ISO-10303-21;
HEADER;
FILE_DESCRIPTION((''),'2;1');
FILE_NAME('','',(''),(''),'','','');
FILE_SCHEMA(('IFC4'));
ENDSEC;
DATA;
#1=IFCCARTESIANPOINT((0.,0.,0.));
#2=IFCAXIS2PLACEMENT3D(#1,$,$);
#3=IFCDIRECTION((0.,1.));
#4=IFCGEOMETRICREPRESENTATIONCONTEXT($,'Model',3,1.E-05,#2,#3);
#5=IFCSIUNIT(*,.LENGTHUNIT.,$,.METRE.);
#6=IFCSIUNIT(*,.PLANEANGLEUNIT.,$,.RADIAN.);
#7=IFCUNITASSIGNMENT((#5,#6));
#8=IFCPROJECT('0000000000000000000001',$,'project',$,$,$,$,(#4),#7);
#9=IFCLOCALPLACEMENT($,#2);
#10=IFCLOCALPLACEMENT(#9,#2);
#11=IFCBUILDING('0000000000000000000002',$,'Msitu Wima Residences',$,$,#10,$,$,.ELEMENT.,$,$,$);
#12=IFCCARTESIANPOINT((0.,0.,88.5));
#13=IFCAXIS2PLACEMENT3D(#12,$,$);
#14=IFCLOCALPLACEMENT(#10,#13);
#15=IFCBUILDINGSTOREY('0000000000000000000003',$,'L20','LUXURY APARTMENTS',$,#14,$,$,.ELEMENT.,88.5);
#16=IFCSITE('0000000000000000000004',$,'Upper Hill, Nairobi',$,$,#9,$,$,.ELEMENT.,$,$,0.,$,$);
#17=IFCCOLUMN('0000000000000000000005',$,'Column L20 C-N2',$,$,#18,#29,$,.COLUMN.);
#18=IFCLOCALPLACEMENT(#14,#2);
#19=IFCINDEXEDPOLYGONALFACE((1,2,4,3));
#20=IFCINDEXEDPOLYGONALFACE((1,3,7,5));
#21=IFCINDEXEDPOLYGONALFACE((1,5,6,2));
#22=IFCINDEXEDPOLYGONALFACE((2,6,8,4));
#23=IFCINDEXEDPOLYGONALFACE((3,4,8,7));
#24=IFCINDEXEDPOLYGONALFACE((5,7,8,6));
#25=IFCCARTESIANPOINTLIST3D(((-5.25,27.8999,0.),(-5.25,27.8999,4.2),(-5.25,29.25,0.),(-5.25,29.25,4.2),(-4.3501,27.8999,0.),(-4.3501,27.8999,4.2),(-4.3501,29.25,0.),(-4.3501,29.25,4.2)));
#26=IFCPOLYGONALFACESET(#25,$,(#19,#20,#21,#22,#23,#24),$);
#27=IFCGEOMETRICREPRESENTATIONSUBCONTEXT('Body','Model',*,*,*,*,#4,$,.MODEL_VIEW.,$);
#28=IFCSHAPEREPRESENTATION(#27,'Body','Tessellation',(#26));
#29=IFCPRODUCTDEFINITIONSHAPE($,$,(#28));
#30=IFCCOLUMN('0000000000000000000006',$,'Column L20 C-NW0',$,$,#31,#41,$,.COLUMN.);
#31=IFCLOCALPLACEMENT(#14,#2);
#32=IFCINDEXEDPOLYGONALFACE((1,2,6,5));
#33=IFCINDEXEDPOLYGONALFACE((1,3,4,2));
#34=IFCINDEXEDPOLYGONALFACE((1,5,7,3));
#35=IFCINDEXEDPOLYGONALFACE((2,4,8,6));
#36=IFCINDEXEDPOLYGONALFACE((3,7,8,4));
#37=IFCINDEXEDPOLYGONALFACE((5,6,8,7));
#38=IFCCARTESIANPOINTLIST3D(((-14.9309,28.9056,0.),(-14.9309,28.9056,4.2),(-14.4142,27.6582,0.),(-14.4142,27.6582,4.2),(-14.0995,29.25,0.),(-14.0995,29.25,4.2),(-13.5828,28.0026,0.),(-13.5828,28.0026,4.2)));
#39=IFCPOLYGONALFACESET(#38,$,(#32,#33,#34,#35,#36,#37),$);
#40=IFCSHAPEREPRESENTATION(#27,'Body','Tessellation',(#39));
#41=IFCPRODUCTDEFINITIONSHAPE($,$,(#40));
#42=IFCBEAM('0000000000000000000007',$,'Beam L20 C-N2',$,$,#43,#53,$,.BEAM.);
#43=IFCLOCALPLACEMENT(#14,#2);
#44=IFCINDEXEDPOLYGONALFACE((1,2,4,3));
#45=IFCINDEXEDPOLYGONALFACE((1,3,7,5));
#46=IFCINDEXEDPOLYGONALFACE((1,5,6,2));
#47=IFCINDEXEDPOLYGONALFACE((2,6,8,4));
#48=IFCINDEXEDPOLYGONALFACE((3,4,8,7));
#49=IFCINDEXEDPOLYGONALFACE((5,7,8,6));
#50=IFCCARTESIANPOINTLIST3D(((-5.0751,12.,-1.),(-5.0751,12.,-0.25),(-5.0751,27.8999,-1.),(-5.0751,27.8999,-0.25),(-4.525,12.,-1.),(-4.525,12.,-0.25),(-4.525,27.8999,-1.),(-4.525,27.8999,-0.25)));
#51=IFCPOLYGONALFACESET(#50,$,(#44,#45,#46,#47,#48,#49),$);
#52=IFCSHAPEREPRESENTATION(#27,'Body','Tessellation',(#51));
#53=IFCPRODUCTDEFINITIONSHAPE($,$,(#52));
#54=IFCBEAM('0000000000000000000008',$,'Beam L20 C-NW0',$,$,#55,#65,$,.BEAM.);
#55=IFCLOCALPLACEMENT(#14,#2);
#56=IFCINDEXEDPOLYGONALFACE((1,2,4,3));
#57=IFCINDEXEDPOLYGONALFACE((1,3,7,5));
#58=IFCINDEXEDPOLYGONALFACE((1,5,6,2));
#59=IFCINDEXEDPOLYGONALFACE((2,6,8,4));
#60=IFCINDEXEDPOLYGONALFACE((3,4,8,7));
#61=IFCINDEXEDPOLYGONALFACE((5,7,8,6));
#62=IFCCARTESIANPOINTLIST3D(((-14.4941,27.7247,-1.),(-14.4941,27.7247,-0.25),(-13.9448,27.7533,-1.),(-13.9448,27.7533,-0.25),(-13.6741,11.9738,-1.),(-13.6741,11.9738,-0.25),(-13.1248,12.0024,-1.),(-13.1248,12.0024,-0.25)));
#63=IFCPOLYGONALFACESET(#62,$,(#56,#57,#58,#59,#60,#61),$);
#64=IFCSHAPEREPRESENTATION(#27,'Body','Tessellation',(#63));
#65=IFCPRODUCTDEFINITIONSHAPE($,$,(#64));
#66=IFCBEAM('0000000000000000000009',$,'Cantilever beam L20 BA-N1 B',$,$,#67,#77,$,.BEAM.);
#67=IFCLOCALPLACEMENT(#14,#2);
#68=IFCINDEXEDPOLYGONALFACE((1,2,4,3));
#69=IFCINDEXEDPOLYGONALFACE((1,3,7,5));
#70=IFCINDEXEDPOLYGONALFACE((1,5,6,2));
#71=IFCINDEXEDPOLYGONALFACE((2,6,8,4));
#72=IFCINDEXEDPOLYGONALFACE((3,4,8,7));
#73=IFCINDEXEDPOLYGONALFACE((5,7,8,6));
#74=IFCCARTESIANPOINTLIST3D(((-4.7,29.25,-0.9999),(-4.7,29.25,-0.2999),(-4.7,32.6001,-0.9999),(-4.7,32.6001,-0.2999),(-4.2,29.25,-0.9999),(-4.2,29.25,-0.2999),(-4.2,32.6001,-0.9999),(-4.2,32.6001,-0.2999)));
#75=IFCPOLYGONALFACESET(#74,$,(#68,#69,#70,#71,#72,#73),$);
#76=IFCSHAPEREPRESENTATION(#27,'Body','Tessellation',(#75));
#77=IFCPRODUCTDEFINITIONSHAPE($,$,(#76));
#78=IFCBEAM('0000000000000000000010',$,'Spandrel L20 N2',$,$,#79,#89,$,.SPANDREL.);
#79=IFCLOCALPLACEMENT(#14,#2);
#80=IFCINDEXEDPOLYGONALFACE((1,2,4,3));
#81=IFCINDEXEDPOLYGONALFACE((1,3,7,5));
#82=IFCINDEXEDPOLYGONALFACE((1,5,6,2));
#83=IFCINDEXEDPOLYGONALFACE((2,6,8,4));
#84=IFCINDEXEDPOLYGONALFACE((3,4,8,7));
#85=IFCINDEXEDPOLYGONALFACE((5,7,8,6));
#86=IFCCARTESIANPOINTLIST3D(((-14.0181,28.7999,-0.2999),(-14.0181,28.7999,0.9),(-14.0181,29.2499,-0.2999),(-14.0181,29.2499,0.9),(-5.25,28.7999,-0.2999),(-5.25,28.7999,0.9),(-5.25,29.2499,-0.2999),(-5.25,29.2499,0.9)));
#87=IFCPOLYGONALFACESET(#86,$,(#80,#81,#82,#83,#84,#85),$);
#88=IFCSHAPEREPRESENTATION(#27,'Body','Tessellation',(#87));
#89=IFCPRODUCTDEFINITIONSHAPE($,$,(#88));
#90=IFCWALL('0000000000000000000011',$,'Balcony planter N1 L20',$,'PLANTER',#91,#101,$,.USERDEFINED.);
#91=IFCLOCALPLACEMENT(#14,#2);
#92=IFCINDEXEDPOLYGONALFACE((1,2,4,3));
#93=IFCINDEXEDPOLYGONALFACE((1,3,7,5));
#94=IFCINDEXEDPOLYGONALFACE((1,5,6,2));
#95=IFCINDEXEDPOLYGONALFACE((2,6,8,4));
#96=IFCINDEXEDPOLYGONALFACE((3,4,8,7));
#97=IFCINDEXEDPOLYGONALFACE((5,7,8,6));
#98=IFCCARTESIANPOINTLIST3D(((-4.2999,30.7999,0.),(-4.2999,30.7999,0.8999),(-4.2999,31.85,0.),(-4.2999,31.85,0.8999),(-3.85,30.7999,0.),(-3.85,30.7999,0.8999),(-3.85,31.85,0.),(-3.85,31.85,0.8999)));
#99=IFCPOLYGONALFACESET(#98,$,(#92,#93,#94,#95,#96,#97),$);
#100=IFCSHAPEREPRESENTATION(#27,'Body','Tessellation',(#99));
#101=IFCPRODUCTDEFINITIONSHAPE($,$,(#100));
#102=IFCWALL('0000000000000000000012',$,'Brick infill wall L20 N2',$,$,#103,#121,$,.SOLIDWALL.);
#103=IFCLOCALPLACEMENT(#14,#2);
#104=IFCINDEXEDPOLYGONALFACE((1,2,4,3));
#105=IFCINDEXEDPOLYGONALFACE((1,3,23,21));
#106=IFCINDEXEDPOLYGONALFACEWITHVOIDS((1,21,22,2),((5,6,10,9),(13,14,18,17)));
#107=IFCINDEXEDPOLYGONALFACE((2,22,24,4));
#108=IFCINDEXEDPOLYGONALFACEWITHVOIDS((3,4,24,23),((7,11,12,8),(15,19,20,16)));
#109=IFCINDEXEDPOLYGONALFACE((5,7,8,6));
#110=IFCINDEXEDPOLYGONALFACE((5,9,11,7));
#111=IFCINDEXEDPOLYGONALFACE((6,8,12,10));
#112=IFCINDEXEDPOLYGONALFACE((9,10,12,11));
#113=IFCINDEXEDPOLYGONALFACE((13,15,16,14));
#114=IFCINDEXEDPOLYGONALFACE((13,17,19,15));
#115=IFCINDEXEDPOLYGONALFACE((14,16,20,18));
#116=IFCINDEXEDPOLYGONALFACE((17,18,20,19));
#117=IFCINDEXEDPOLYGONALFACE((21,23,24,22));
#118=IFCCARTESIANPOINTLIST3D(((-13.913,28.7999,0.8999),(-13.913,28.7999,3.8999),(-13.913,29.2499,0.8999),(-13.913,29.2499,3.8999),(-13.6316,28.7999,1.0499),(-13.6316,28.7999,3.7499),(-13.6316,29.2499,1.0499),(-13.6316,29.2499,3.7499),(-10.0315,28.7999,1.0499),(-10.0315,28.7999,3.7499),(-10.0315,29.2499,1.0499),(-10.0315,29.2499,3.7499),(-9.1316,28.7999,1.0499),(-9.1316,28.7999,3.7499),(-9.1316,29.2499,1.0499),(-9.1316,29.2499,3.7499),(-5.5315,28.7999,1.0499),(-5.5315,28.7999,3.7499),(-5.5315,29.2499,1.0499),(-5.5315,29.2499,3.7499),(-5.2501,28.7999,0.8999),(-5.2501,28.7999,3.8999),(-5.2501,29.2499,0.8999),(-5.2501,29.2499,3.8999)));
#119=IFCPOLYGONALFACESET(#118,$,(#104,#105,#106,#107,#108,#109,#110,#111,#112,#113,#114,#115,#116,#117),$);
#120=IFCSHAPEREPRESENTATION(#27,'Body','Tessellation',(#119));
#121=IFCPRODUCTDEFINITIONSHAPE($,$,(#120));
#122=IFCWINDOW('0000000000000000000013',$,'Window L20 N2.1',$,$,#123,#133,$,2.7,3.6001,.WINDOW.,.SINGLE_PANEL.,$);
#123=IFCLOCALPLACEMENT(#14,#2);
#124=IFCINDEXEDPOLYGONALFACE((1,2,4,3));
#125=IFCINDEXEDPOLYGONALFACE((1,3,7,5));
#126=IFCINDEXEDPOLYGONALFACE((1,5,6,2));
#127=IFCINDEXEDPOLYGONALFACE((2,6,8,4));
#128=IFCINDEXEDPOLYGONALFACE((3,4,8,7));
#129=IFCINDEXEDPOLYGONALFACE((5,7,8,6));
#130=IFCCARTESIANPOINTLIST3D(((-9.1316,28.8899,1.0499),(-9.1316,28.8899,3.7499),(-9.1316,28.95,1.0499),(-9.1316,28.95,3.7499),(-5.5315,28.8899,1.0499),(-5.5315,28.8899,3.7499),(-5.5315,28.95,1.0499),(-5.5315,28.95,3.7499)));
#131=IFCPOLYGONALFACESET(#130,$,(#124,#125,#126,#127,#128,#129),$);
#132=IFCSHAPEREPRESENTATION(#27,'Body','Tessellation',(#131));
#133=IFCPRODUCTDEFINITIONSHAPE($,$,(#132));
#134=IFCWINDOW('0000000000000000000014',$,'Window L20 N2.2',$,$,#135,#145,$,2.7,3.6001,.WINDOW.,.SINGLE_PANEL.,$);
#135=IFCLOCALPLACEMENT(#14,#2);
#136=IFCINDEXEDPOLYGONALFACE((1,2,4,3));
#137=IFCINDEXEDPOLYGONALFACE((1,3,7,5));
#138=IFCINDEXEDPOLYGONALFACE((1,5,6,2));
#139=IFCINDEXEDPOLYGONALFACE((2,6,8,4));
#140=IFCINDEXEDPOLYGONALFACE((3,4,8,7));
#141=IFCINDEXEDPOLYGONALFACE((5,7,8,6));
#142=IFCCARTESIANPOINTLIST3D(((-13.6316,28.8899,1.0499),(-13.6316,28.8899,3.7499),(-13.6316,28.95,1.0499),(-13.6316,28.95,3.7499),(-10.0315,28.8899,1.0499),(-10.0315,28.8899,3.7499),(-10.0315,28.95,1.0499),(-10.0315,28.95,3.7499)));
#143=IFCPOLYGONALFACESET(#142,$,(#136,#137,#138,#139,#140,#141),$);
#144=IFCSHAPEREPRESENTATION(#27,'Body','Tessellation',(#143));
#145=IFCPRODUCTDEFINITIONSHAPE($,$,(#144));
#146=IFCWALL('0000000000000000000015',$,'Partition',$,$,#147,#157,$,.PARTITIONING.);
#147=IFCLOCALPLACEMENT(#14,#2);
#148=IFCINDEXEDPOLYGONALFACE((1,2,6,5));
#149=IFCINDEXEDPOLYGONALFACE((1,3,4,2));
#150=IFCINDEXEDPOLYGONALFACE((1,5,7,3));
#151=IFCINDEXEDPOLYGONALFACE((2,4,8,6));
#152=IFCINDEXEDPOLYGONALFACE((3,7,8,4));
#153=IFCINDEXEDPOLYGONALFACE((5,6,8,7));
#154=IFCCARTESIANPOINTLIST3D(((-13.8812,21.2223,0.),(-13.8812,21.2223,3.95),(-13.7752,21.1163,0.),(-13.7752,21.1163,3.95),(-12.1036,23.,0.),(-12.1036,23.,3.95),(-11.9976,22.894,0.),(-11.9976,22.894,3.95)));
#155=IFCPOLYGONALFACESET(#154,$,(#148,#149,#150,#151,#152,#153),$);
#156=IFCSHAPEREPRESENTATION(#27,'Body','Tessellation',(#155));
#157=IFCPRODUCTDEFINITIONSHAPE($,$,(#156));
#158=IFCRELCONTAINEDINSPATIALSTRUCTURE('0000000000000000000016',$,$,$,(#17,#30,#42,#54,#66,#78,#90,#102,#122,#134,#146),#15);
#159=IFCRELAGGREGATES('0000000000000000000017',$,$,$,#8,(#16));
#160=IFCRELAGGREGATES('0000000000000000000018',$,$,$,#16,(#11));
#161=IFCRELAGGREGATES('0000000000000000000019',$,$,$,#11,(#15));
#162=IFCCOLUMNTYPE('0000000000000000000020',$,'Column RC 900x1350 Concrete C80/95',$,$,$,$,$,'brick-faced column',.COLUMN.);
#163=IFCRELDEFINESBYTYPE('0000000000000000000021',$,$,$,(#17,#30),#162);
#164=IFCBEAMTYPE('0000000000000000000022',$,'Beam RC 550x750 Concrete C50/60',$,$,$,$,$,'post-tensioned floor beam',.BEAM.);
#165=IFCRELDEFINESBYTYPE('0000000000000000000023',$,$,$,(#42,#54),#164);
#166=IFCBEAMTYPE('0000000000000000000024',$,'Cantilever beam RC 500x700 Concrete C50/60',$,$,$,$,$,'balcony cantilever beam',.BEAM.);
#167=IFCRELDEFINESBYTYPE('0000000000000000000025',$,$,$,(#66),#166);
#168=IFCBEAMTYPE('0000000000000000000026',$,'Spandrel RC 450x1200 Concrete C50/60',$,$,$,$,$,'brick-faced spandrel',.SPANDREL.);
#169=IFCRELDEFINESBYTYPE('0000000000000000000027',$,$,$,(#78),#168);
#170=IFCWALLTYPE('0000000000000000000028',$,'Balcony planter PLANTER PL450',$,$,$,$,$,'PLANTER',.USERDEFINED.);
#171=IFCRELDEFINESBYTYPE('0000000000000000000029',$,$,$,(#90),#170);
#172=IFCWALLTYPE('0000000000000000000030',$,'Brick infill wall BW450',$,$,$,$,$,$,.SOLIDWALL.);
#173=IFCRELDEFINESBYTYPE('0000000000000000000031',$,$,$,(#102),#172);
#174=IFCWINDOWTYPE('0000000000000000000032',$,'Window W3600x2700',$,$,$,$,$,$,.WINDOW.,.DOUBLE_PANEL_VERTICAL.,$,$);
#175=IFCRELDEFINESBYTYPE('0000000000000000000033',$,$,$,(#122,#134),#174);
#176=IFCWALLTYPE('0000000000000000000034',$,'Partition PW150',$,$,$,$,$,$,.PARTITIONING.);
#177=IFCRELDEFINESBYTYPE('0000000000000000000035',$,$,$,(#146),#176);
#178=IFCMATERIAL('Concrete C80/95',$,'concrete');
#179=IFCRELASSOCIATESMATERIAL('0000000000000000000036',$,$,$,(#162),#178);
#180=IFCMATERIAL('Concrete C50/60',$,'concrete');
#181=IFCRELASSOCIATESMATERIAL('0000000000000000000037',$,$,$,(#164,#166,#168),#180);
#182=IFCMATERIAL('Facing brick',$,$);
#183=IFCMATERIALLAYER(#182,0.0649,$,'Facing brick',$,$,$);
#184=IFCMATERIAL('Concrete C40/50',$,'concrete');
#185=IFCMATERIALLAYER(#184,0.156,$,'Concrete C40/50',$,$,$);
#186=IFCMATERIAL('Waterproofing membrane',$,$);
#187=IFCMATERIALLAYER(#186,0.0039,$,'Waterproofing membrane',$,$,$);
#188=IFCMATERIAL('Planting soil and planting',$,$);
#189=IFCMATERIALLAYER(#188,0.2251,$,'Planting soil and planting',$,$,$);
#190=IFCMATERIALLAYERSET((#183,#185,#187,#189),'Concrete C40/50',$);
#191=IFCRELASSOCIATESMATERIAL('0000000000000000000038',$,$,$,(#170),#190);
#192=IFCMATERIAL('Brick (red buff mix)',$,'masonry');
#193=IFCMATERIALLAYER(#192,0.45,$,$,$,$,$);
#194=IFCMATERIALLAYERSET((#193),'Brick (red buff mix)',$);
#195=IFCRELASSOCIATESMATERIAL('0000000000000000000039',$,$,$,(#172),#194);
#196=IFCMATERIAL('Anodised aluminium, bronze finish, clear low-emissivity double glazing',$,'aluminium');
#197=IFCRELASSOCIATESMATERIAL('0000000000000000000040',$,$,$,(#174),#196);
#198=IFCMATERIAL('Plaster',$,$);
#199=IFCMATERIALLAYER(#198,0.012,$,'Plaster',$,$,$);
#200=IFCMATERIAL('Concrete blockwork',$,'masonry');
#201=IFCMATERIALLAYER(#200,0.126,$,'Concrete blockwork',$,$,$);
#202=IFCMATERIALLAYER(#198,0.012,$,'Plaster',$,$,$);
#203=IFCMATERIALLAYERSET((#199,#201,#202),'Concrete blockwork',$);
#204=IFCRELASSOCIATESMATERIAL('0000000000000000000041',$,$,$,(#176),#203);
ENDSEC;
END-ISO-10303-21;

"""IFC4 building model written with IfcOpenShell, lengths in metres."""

from ifc_helpers import new_model, si_unit, direction, frame, frame_2d, origin, origin_2d, place, context, subcontext, project, spatial, rectangle, extrude, material, layer, layer_set, material_profile, profile_set, type_object, element, fill, save


model = new_model("IFC4")

# Units and contexts
model_context = context("Model", 3, precision=1e-05, world=origin(), true_north=direction((0.0, 1.0)))
body_context = subcontext(model_context, "Body", "Model", "MODEL_VIEW")
ifc_project = project(units=[si_unit("LENGTHUNIT", "METRE"), si_unit("PLANEANGLEUNIT", "RADIAN")], contexts=[model_context])

# Site, building, storey
site_placement = place(None, origin())
site = spatial("IfcSite", under=ifc_project, at=site_placement, Name="Upper Hill, Nairobi", CompositionType="ELEMENT", RefElevation=0.0)
building_placement = place(site_placement, origin())
building = spatial("IfcBuilding", under=site, at=building_placement, Name="Msitu Wima Residences", CompositionType="ELEMENT")
storey_placement = place(building_placement, frame((0.0, 0.0, 88.5)))
storey = spatial("IfcBuildingStorey", under=building, at=storey_placement, Name="L20", Description="LUXURY APARTMENTS", CompositionType="ELEMENT", Elevation=88.5)

# Columns
ifc_material_1 = material(Name="Concrete C80/95", Category="concrete")
ifc_material_profile_1 = material_profile(ifc_material_1, rectangle(XDim=0.8999, YDim=1.3501, at=origin_2d()), Name="RC 900x1350")
ifc_profile_set_1 = profile_set([ifc_material_profile_1], Name="Concrete C80/95")
column_type = type_object("IfcColumnType", Name="Column RC 900x1350 Concrete C80/95", ElementType="brick-faced column", PredefinedType="COLUMN", material=ifc_profile_set_1)
for number, where, z_axis, x_axis, name in (
    (1, (-4.8, 28.575, 0.0), (0.0, 0.0, 1.0), (-1.0, 0.0, 0.0), "Column L20 C-N2"),
    (2, (-14.2568, 28.4541, 0.0), (0.0, 0.0, 1.0), (-0.92388, -0.382683, 0.0), "Column L20 C-NW0"),
):
    element("IfcColumn", number, at=place(storey_placement, frame(where, z_axis=z_axis, x_axis=x_axis)), inside=storey, type_object=column_type, Name=name, PredefinedType="COLUMN", context=body_context, shape_type="SweptSolid", body=[
        extrude(rectangle(XDim=0.8999, YDim=1.3501, at=origin_2d()), origin(), (0.0, 0.0, 1.0), 4.2),
    ])

# Beams
ifc_material_2 = material(Name="Concrete C50/60", Category="concrete")
ifc_material_profile_2 = material_profile(ifc_material_2, rectangle(XDim=0.55, YDim=0.75, at=origin_2d()), Name="RC 550x750")
ifc_profile_set_2 = profile_set([ifc_material_profile_2], Name="Concrete C50/60")
beam_type_1 = type_object("IfcBeamType", Name="Beam RC 550x750 Concrete C50/60", ElementType="post-tensioned floor beam", PredefinedType="BEAM", material=ifc_profile_set_2)
beam_1_placement = place(storey_placement, frame((-4.8, 27.8999, -0.625), z_axis=(0.0, -1.0, 0.0), x_axis=(1.0, 0.0, 0.0)))
element("IfcBeam", 3, at=beam_1_placement, inside=storey, type_object=beam_type_1, Name="Beam L20 C-N2", PredefinedType="BEAM", context=body_context, shape_type="SweptSolid", body=[
    extrude(rectangle(XDim=0.55, YDim=0.75, at=origin_2d()), origin(), (0.0, 0.0, 1.0), 15.8999),
])
beam_2_placement = place(storey_placement, frame((-14.2195, 27.739, -0.625), z_axis=(0.051994, -0.998647, 0.0), x_axis=(0.998647, 0.051994, 0.0)))
element("IfcBeam", 4, at=beam_2_placement, inside=storey, type_object=beam_type_1, Name="Beam L20 C-NW0", PredefinedType="BEAM", context=body_context, shape_type="SweptSolid", body=[
    extrude(rectangle(XDim=0.55, YDim=0.75, at=origin_2d()), origin(), (0.0, 0.0, 1.0), 15.7722),
])
ifc_material_profile_3 = material_profile(ifc_material_2, rectangle(XDim=0.5, YDim=0.7, at=origin_2d()), Name="RC 500x700")
ifc_profile_set_3 = profile_set([ifc_material_profile_3], Name="Concrete C50/60")
beam_type_2 = type_object("IfcBeamType", Name="Cantilever beam RC 500x700 Concrete C50/60", ElementType="balcony cantilever beam", PredefinedType="BEAM", material=ifc_profile_set_3)
beam_3_placement = place(storey_placement, frame((-4.45, 29.25, -0.6499), z_axis=(0.0, 1.0, 0.0), x_axis=(-1.0, 0.0, 0.0)))
element("IfcBeam", 5, at=beam_3_placement, inside=storey, type_object=beam_type_2, Name="Cantilever beam L20 BA-N1 B", PredefinedType="BEAM", context=body_context, shape_type="SweptSolid", body=[
    extrude(rectangle(XDim=0.5, YDim=0.7, at=origin_2d()), origin(), (0.0, 0.0, 1.0), 3.3501),
])
ifc_material_profile_4 = material_profile(ifc_material_2, rectangle(XDim=0.45, YDim=1.2, at=origin_2d()), Name="RC 450x1200")
ifc_profile_set_4 = profile_set([ifc_material_profile_4], Name="Concrete C50/60")
beam_type_3 = type_object("IfcBeamType", Name="Spandrel RC 450x1200 Concrete C50/60", ElementType="brick-faced spandrel", PredefinedType="SPANDREL", material=ifc_profile_set_4)
beam_4_placement = place(storey_placement, frame((-5.25, 29.0249, 0.3), z_axis=(-1.0, 0.0, 0.0), x_axis=(0.0, -1.0, 0.0)))
element("IfcBeam", 6, at=beam_4_placement, inside=storey, type_object=beam_type_3, Name="Spandrel L20 N2", PredefinedType="SPANDREL", context=body_context, shape_type="SweptSolid", body=[
    extrude(rectangle(XDim=0.45, YDim=1.2, at=origin_2d()), origin(), (0.0, 0.0, 1.0), 8.7681),
])

# Wall
ifc_material_3 = material(Name="Facing brick")
ifc_layer_1 = layer(ifc_material_3, 0.0649, Name="Facing brick")
ifc_material_4 = material(Name="Concrete C40/50", Category="concrete")
ifc_layer_2 = layer(ifc_material_4, 0.156, Name="Concrete C40/50")
ifc_material_5 = material(Name="Waterproofing membrane")
ifc_layer_3 = layer(ifc_material_5, 0.0039, Name="Waterproofing membrane")
ifc_material_6 = material(Name="Planting soil and planting")
ifc_layer_4 = layer(ifc_material_6, 0.2251, Name="Planting soil and planting")
ifc_layer_set_1 = layer_set([ifc_layer_1, ifc_layer_2, ifc_layer_3, ifc_layer_4], Name="Concrete C40/50")
wall_type_1 = type_object("IfcWallType", Name="Balcony planter PLANTER PL450", ElementType="PLANTER", PredefinedType="USERDEFINED", material=ifc_layer_set_1)
wall_1_placement = place(storey_placement, frame((-4.075, 30.8, 0.0), z_axis=(0.0, 0.0, 1.0), x_axis=(0.0, 1.0, 0.0)))
element("IfcWall", 7, at=wall_1_placement, inside=storey, type_object=wall_type_1, Name="Balcony planter N1 L20", ObjectType="PLANTER", PredefinedType="USERDEFINED", context=body_context, shape_type="SweptSolid", body=[
    extrude(rectangle(XDim=1.05, YDim=0.45, at=frame_2d((0.5249, 0.0))), origin(), (0.0, 0.0, 1.0), 0.8999),
])

# Wall, openings, windows
ifc_material_7 = material(Name="Brick (red buff mix)", Category="masonry")
ifc_layer_5 = layer(ifc_material_7, 0.45)
ifc_layer_set_2 = layer_set([ifc_layer_5], Name="Brick (red buff mix)")
wall_type_2 = type_object("IfcWallType", Name="Brick infill wall BW450", PredefinedType="SOLIDWALL", material=ifc_layer_set_2)
wall_2_placement = place(storey_placement, frame((-5.25, 29.0249, 0.8999), z_axis=(0.0, 0.0, 1.0), x_axis=(-1.0, 0.0, 0.0)))
wall_2 = element("IfcWall", 8, at=wall_2_placement, inside=storey, type_object=wall_type_2, Name="Brick infill wall L20 N2", PredefinedType="SOLIDWALL", context=body_context, shape_type="SweptSolid", body=[
    extrude(rectangle(XDim=8.6628, YDim=0.45, at=frame_2d((4.3315, 0.0))), origin(), (0.0, 0.0, 1.0), 3.0),
])
opening_1_placement = place(wall_2_placement, frame((0.2815, 0.0, 0.1499)))
opening_1 = element("IfcOpeningElement", 9, at=opening_1_placement, cuts=wall_2, PredefinedType="OPENING", context=body_context, shape_type="SweptSolid", body=[
    extrude(rectangle(XDim=3.6001, YDim=2.7, at=frame_2d((1.8, 1.3501))), frame((0.0, 0.2349, 0.0), z_axis=(0.0, -1.0, 0.0), x_axis=(1.0, 0.0, 0.0)), (0.0, 0.0, 1.0), 0.47),
])
opening_2_placement = place(wall_2_placement, frame((4.7815, 0.0, 0.1499)))
opening_2 = element("IfcOpeningElement", 10, at=opening_2_placement, cuts=wall_2, PredefinedType="OPENING", context=body_context, shape_type="SweptSolid", body=[
    extrude(rectangle(XDim=3.6001, YDim=2.7, at=frame_2d((1.8, 1.3501))), frame((0.0, 0.2349, 0.0), z_axis=(0.0, -1.0, 0.0), x_axis=(1.0, 0.0, 0.0)), (0.0, 0.0, 1.0), 0.47),
])
ifc_material_8 = material(Name="Anodised aluminium, bronze finish, clear low-emissivity double glazing", Category="aluminium")
window_type = type_object("IfcWindowType", Name="Window W3600x2700", PartitioningType="DOUBLE_PANEL_VERTICAL", PredefinedType="WINDOW", material=ifc_material_8)
window_1_placement = place(opening_1_placement, origin())
window_1 = element("IfcWindow", 11, at=window_1_placement, inside=storey, type_object=window_type, Name="Window L20 N2.1", OverallHeight=2.7, OverallWidth=3.6001, PartitioningType="SINGLE_PANEL", PredefinedType="WINDOW", context=body_context, shape_type="SweptSolid", body=[
    extrude(rectangle(XDim=3.6001, YDim=2.7, at=frame_2d((1.8, 1.3501))), frame((0.0, 0.135, 0.0), z_axis=(0.0, -1.0, 0.0), x_axis=(1.0, 0.0, 0.0)), (0.0, 0.0, 1.0), 0.0601),
])
fill(opening_1, window_1)
window_2_placement = place(opening_2_placement, origin())
window_2 = element("IfcWindow", 12, at=window_2_placement, inside=storey, type_object=window_type, Name="Window L20 N2.2", OverallHeight=2.7, OverallWidth=3.6001, PartitioningType="SINGLE_PANEL", PredefinedType="WINDOW", context=body_context, shape_type="SweptSolid", body=[
    extrude(rectangle(XDim=3.6001, YDim=2.7, at=frame_2d((1.8, 1.3501))), frame((0.0, 0.135, 0.0), z_axis=(0.0, -1.0, 0.0), x_axis=(1.0, 0.0, 0.0)), (0.0, 0.0, 1.0), 0.0601),
])
fill(opening_2, window_2)

# Wall
ifc_material_9 = material(Name="Plaster")
ifc_layer_6 = layer(ifc_material_9, 0.012, Name="Plaster")
ifc_material_10 = material(Name="Concrete blockwork", Category="masonry")
ifc_layer_7 = layer(ifc_material_10, 0.126, Name="Concrete blockwork")
ifc_layer_8 = layer(ifc_material_9, 0.012, Name="Plaster")
ifc_layer_set_3 = layer_set([ifc_layer_6, ifc_layer_7, ifc_layer_8], Name="Concrete blockwork")
wall_type_3 = type_object("IfcWallType", Name="Partition PW150", PredefinedType="PARTITIONING", material=ifc_layer_set_3)
wall_3_placement = place(storey_placement, frame((-13.8281, 21.1694, 0.0), z_axis=(0.0, 0.0, 1.0), x_axis=(0.707107, 0.707107, 0.0)))
element("IfcWall", 13, at=wall_3_placement, inside=storey, type_object=wall_type_3, Name="Partition", PredefinedType="PARTITIONING", context=body_context, shape_type="SweptSolid", body=[
    extrude(rectangle(XDim=2.5139, YDim=0.1499, at=frame_2d((1.2568, 0.0))), origin(), (0.0, 0.0, 1.0), 3.95),
])

save(model, "model.ifc")
